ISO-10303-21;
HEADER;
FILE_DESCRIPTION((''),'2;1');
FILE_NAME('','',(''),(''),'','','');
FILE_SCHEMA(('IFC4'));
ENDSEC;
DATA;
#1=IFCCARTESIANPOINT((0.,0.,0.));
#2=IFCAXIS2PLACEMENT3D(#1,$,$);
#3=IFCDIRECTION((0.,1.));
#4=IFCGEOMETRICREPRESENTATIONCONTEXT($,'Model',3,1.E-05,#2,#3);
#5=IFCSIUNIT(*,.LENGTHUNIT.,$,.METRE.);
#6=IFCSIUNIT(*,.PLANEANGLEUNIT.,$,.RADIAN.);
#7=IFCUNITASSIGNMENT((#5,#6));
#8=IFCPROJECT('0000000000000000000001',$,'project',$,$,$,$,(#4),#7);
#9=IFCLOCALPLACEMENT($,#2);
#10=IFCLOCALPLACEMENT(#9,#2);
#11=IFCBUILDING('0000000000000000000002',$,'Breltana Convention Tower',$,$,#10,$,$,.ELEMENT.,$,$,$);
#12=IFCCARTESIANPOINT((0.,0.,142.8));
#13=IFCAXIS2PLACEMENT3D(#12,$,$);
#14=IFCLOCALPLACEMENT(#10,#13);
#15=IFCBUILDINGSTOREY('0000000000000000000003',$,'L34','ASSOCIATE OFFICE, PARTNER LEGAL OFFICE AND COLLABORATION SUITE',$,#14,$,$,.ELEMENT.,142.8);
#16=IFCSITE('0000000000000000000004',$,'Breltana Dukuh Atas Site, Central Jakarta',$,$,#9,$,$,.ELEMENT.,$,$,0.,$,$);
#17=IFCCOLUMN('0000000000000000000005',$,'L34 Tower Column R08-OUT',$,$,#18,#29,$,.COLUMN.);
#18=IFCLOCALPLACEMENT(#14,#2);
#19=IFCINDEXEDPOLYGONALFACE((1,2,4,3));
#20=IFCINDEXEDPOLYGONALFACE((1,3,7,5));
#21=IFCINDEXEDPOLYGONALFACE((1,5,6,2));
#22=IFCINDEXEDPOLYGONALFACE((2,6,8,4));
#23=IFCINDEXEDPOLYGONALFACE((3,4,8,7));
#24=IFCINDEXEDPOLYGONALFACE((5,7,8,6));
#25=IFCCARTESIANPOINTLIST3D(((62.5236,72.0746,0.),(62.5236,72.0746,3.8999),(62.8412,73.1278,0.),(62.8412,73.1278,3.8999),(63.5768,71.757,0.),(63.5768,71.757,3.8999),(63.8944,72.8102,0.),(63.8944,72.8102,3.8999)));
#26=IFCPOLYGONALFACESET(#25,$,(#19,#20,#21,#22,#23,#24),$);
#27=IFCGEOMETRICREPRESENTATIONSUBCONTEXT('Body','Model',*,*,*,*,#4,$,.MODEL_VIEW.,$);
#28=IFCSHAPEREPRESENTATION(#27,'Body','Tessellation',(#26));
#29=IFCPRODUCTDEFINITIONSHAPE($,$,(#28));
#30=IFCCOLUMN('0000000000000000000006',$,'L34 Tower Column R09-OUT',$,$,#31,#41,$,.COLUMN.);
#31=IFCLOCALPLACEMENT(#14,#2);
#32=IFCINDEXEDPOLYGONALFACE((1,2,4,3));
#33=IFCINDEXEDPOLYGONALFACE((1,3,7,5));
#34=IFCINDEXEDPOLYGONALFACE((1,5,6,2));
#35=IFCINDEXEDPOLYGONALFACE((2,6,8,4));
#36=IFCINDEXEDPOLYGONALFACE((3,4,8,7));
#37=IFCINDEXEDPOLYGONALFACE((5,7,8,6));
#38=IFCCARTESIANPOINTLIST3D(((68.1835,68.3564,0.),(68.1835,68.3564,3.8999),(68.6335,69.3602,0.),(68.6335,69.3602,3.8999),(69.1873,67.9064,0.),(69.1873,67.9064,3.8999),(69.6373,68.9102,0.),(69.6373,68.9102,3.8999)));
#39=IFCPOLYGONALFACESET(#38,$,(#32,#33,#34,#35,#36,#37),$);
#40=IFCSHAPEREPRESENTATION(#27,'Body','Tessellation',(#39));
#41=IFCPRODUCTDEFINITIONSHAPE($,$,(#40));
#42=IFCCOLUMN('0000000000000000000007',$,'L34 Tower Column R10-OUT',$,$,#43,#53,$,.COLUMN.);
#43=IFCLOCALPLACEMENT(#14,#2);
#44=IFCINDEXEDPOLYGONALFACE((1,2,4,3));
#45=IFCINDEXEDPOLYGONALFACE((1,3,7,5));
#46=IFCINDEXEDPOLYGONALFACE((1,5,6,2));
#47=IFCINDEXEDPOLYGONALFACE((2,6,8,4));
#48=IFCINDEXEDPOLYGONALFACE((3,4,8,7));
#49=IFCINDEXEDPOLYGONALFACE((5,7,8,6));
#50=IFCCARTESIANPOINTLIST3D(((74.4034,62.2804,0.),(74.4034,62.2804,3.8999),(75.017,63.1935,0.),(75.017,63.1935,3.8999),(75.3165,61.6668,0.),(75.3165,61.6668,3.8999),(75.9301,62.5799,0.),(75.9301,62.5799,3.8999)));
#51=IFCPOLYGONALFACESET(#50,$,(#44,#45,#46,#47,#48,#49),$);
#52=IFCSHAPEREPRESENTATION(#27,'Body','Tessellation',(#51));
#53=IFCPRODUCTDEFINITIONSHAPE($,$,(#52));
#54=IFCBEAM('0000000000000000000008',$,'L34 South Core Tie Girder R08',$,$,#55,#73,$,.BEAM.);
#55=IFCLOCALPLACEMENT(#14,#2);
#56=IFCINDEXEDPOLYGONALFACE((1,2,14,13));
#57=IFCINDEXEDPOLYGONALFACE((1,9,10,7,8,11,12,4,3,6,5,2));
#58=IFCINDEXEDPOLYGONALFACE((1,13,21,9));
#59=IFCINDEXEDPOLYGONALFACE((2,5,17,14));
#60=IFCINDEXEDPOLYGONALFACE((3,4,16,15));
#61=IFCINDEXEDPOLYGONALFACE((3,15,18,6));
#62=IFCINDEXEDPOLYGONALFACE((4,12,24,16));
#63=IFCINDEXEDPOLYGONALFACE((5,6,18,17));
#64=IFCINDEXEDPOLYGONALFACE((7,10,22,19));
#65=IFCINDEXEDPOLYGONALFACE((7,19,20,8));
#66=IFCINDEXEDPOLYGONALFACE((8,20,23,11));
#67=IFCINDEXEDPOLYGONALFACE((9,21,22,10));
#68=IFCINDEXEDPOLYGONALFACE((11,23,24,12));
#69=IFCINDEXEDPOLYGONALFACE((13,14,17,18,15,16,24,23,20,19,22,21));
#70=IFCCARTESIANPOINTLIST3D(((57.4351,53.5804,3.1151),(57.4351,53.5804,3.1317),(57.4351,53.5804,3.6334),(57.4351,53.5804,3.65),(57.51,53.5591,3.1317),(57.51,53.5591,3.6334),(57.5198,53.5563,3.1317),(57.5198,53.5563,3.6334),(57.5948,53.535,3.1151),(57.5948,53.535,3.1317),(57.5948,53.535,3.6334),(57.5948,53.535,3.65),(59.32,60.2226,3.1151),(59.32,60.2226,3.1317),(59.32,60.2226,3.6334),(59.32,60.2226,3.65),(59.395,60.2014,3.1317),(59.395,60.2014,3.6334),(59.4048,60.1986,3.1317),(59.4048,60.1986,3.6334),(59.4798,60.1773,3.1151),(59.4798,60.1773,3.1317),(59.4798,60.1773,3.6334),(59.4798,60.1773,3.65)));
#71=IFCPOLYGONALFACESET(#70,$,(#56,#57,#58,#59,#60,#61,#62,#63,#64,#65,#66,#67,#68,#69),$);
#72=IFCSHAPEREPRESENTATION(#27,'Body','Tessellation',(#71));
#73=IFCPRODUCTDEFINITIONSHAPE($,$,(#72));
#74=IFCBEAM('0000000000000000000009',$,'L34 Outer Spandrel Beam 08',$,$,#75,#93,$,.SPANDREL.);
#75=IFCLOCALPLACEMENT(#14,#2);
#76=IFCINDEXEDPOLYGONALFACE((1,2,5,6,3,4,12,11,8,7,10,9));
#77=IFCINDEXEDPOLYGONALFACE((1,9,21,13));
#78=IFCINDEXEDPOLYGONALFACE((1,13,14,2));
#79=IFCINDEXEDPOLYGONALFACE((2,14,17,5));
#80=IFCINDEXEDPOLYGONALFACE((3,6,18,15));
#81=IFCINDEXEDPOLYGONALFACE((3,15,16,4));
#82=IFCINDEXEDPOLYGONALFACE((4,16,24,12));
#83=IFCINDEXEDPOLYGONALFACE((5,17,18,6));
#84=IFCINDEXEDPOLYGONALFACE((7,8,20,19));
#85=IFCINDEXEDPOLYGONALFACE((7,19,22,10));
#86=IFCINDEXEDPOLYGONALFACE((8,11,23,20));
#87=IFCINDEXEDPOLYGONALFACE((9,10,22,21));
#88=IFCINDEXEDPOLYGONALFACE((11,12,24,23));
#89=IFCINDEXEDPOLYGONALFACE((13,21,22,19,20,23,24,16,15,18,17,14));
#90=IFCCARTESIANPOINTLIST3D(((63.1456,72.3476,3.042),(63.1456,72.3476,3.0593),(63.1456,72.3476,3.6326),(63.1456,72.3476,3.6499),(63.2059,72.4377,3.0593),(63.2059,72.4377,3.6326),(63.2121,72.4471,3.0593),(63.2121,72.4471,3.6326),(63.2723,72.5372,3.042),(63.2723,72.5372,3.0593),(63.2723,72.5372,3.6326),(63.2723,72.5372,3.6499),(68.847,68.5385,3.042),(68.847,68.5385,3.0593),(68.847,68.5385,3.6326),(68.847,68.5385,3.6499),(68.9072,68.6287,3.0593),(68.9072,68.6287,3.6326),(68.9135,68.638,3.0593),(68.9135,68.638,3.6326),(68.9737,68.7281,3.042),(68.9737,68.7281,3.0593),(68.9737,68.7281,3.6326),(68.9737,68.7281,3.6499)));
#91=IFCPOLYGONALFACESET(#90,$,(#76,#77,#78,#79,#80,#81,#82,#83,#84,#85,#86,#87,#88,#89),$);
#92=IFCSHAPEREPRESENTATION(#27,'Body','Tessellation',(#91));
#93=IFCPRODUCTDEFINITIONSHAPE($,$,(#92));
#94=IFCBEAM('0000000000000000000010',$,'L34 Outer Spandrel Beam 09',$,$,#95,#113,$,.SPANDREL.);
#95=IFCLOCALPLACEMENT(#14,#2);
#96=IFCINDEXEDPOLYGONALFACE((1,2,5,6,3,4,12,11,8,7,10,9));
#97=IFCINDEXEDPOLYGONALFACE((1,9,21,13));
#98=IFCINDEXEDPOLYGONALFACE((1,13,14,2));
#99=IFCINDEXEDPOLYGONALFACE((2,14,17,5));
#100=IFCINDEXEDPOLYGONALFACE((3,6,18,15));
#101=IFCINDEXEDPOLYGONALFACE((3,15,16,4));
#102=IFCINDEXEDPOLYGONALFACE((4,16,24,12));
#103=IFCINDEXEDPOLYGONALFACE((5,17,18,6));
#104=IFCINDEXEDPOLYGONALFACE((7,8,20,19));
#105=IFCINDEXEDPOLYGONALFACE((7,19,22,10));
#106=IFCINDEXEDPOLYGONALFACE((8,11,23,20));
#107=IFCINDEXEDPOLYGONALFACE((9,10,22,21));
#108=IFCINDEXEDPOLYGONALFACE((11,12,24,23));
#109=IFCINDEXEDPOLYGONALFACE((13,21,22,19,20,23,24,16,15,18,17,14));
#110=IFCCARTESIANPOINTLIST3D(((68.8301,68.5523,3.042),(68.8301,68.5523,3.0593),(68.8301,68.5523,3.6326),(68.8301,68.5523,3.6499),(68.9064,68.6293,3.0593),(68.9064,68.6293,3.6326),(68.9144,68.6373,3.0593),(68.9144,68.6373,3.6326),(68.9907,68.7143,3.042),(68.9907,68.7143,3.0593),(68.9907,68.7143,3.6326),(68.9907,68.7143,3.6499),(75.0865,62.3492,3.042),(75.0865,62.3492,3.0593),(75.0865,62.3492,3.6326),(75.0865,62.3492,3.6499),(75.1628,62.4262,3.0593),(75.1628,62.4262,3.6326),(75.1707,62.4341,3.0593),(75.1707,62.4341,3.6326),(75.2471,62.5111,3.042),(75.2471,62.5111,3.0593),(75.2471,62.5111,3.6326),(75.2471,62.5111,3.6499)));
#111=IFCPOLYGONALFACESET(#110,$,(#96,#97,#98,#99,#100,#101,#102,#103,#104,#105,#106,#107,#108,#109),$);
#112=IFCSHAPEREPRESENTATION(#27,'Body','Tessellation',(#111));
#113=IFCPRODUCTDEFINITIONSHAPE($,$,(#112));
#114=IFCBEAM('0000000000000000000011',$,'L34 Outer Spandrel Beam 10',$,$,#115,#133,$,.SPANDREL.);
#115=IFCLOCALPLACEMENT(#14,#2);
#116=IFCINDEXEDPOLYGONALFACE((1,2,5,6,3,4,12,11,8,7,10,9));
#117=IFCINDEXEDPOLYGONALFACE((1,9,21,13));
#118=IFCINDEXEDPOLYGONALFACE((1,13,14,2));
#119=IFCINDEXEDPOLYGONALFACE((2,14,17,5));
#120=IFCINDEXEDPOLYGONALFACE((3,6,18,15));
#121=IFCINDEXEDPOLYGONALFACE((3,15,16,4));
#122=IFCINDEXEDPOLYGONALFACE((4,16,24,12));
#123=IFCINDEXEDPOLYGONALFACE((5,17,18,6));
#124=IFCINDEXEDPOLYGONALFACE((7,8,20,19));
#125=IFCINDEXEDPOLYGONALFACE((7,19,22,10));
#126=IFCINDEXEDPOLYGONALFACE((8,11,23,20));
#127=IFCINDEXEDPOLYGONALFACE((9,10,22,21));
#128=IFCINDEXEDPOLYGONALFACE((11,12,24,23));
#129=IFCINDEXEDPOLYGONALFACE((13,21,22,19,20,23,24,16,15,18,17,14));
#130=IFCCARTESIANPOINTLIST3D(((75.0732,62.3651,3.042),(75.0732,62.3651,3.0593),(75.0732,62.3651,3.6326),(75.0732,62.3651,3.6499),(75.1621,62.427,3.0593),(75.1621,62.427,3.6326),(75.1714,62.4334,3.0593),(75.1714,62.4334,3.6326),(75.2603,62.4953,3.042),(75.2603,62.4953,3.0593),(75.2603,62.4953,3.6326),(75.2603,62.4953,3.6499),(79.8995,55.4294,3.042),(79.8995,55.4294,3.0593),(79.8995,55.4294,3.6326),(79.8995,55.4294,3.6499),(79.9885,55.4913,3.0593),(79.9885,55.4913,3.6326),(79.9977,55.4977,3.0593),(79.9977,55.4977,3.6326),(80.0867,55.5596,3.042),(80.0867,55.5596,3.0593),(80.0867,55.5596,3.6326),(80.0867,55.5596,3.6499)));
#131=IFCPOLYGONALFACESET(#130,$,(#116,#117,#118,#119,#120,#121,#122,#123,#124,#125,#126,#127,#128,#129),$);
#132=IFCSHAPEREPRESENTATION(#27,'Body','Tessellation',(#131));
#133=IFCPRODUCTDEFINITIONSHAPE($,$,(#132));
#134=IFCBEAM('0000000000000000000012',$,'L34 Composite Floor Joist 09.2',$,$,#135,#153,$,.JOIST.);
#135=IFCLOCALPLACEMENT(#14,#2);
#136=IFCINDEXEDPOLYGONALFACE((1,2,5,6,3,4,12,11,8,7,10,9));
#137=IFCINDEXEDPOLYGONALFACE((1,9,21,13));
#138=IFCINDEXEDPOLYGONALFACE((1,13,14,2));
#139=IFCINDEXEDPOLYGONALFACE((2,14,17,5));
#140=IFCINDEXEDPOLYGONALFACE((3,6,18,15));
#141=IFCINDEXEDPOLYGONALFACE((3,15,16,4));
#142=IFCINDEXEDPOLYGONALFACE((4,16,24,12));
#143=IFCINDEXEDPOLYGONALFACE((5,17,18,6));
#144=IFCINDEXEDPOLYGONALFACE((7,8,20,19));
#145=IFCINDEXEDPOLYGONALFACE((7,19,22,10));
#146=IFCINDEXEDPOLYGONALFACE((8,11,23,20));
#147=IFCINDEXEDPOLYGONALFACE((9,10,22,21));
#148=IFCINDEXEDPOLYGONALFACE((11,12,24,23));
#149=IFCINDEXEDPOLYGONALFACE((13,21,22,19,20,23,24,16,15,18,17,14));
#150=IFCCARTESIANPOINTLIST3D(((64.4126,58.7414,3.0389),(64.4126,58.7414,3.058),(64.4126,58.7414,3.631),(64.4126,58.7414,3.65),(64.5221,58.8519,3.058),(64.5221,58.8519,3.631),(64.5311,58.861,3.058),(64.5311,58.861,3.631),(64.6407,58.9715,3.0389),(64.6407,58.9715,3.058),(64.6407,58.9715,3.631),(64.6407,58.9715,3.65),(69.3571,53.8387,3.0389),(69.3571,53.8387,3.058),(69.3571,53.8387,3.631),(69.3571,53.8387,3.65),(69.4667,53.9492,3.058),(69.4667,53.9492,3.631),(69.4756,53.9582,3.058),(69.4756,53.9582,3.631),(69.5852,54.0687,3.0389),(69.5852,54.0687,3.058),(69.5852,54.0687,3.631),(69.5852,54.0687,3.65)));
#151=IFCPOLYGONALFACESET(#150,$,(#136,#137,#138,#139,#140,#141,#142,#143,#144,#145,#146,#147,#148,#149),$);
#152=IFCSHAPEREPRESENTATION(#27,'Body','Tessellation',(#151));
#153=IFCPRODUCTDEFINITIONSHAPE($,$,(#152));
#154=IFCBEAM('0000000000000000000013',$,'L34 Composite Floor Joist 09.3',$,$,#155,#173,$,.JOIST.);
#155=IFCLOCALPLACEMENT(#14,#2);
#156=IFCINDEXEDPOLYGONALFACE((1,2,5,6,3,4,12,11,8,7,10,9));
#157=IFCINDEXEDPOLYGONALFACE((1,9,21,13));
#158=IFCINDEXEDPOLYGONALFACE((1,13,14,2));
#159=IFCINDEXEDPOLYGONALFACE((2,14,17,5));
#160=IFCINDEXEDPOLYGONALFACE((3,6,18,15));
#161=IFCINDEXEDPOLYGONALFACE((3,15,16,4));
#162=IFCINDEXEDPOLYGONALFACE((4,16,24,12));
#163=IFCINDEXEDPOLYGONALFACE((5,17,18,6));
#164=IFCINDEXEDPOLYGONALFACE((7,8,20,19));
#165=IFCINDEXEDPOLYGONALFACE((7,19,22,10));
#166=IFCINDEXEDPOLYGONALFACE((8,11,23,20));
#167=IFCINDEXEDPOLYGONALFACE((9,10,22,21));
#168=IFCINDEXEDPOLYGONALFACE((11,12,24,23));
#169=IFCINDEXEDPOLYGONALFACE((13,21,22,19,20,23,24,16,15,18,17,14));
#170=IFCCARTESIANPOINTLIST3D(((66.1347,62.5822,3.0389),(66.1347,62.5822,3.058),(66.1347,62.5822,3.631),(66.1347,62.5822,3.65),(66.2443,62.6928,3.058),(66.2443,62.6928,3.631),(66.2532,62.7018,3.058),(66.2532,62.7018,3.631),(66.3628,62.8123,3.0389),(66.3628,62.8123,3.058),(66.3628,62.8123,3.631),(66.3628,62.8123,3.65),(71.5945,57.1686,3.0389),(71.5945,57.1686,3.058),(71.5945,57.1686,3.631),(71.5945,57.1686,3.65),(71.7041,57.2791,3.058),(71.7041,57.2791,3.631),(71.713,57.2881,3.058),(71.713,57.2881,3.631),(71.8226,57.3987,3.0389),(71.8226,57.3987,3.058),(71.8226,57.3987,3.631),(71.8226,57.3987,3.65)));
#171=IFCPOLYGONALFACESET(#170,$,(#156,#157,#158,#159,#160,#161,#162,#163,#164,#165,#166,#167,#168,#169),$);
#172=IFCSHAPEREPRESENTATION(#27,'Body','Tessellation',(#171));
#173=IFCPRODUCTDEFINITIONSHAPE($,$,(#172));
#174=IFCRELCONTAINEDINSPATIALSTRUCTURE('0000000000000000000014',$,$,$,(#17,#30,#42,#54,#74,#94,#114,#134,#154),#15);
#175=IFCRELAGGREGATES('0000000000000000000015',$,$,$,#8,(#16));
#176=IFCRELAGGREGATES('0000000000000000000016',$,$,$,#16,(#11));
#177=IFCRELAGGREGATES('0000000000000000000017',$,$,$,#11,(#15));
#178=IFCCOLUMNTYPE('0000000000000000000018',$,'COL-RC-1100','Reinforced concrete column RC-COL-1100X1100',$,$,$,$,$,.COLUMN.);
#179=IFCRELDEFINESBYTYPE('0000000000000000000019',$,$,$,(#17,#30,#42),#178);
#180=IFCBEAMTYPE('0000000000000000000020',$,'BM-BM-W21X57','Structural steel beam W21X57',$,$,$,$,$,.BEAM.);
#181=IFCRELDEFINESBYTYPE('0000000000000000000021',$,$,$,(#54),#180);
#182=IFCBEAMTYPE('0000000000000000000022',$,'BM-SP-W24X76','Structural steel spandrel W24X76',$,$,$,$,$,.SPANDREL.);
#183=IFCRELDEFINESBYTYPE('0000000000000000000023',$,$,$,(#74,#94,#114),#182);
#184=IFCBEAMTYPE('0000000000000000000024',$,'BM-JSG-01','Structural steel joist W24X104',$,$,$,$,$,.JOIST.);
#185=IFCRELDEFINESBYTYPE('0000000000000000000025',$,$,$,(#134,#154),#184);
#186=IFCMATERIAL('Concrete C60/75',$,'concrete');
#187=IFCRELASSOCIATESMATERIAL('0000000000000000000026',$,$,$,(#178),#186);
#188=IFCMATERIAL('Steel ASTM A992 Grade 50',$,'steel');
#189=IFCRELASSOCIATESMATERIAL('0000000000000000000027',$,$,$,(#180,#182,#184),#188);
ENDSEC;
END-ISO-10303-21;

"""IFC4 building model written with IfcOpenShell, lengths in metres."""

from ifc_helpers import new_model, si_unit, direction, frame, origin, origin_2d, place, context, subcontext, project, spatial, rectangle, i_section, extrude, source, transform, mapped, material, material_profile, profile_set, type_object, type_shapes, element, save


model = new_model("IFC4")

# Units and contexts
model_context = context("Model", 3, precision=1e-05, world=origin(), true_north=direction((0.0, 1.0)))
body_context = subcontext(model_context, "Body", "Model", "MODEL_VIEW")
ifc_project = project(units=[si_unit("LENGTHUNIT", "METRE"), si_unit("PLANEANGLEUNIT", "RADIAN")], contexts=[model_context])

# Site, building, storey
site_placement = place(None, origin())
site = spatial("IfcSite", under=ifc_project, at=site_placement, Name="Breltana Dukuh Atas Site, Central Jakarta", CompositionType="ELEMENT", RefElevation=0.0)
building_placement = place(site_placement, origin())
building = spatial("IfcBuilding", under=site, at=building_placement, Name="Breltana Convention Tower", CompositionType="ELEMENT")
storey_placement = place(building_placement, frame((0.0, 0.0, 142.8)))
storey = spatial("IfcBuildingStorey", under=building, at=storey_placement, Name="L34", Description="ASSOCIATE OFFICE, PARTNER LEGAL OFFICE AND COLLABORATION SUITE", CompositionType="ELEMENT", Elevation=142.8)

# Columns
ifc_material_1 = material(Name="Concrete C60/75", Category="concrete")
ifc_material_profile_1 = material_profile(ifc_material_1, rectangle(XDim=1.1001, YDim=1.1001, at=origin_2d()), Name="RC-COL-1100X1100")
ifc_profile_set_1 = profile_set([ifc_material_profile_1], Name="Concrete C60/75")
column_type = type_object("IfcColumnType", Name="COL-RC-1100", Description="Reinforced concrete column RC-COL-1100X1100", PredefinedType="COLUMN", material=ifc_profile_set_1)
shared_shape_1 = source(origin(), body_context, "Body", "SweptSolid", [
    extrude(rectangle(XDim=1.1001, YDim=1.1001, at=origin_2d()), origin(), (0.0, 0.0, 1.0), 3.8999),
])
for number, where, z_axis, x_axis, name in (
    (1, (63.209, 72.4424, 0.0), (0.0, 0.0, 1.0), (0.288698, 0.95742, 0.0), "L34 Tower Column R08-OUT"),
    (2, (68.9104, 68.6333, 0.0), (0.0, 0.0, 1.0), (0.409127, 0.912477, 0.0), "L34 Tower Column R09-OUT"),
    (3, (75.1667, 62.4302, 0.0), (0.0, 0.0, 1.0), (0.557745, 0.830012, 0.0), "L34 Tower Column R10-OUT"),
):
    element("IfcColumn", number, at=place(storey_placement, frame(where, z_axis=z_axis, x_axis=x_axis)), inside=storey, type_object=column_type, Name=name, PredefinedType="COLUMN", context=body_context, shape_type="MappedRepresentation", body=[
        mapped(shared_shape_1, transform((0.0, 0.0, 0.0), scale=1.0)),
    ])

# Beams
ifc_material_2 = material(Name="Steel ASTM A992 Grade 50", Category="steel")
ifc_material_profile_2 = material_profile(ifc_material_2, i_section(OverallWidth=0.166, OverallDepth=0.5349, WebThickness=0.0103, FlangeThickness=0.0166, at=origin_2d()), Name="W21X57")
ifc_profile_set_2 = profile_set([ifc_material_profile_2], Name="Steel ASTM A992 Grade 50")
beam_type_1 = type_object("IfcBeamType", Name="BM-BM-W21X57", Description="Structural steel beam W21X57", PredefinedType="BEAM", material=ifc_profile_set_2)
shared_shape_2 = source(origin(), body_context, "Body", "SweptSolid", [
    extrude(i_section(OverallWidth=0.166, OverallDepth=0.5349, WebThickness=0.0103, FlangeThickness=0.0166, at=origin_2d()), origin(), (0.0, 0.0, 1.0), 6.9045),
])
type_shapes(beam_type_1, [shared_shape_2])
beam_1_placement = place(storey_placement, frame((59.3999, 60.2, 3.3826), z_axis=(-0.273007, -0.962012, 0.0), x_axis=(0.962012, -0.273007, 0.0)))
element("IfcBeam", 4, at=beam_1_placement, inside=storey, type_object=beam_type_1, Name="L34 South Core Tie Girder R08", PredefinedType="BEAM", context=body_context, shape_type="MappedRepresentation", body=[
    mapped(shared_shape_2, transform((0.0, 0.0, 0.0), scale=1.0)),
])
ifc_material_profile_3 = material_profile(ifc_material_2, i_section(OverallWidth=0.228, OverallDepth=0.6079, WebThickness=0.0112, FlangeThickness=0.0173, at=origin_2d()), Name="W24X76")
ifc_profile_set_3 = profile_set([ifc_material_profile_3], Name="Steel ASTM A992 Grade 50")
beam_type_2 = type_object("IfcBeamType", Name="BM-SP-W24X76", Description="Structural steel spandrel W24X76", PredefinedType="SPANDREL", material=ifc_profile_set_3)
shared_shape_3 = source(origin(), body_context, "Body", "SweptSolid", [
    extrude(i_section(OverallWidth=0.228, OverallDepth=0.6079, WebThickness=0.0112, FlangeThickness=0.0173, at=origin_2d()), origin(), (0.0, 0.0, 1.0), 6.8567),
])
beam_2_placement = place(storey_placement, frame((63.209, 72.4424, 3.3459), z_axis=(0.831502, -0.555522, 0.0), x_axis=(0.555522, 0.831502, 0.0)))
element("IfcBeam", 5, at=beam_2_placement, inside=storey, type_object=beam_type_2, Name="L34 Outer Spandrel Beam 08", PredefinedType="SPANDREL", context=body_context, shape_type="MappedRepresentation", body=[
    mapped(shared_shape_3, transform((0.0, 0.0, 0.0), scale=1.0)),
])
shared_shape_4 = source(origin(), body_context, "Body", "SweptSolid", [
    extrude(i_section(OverallWidth=0.228, OverallDepth=0.6079, WebThickness=0.0112, FlangeThickness=0.0173, at=origin_2d()), origin(), (0.0, 0.0, 1.0), 8.8103),
])
beam_3_placement = place(storey_placement, frame((68.9104, 68.6333, 3.3459), z_axis=(0.710121, -0.70408, 0.0), x_axis=(0.70408, 0.710121, 0.0)))
element("IfcBeam", 6, at=beam_3_placement, inside=storey, type_object=beam_type_2, Name="L34 Outer Spandrel Beam 09", PredefinedType="SPANDREL", context=body_context, shape_type="MappedRepresentation", body=[
    mapped(shared_shape_4, transform((0.0, 0.0, 0.0), scale=1.0)),
])
shared_shape_5 = source(origin(), body_context, "Body", "SweptSolid", [
    extrude(i_section(OverallWidth=0.228, OverallDepth=0.6079, WebThickness=0.0112, FlangeThickness=0.0173, at=origin_2d()), origin(), (0.0, 0.0, 1.0), 8.4497),
])
beam_4_placement = place(storey_placement, frame((75.1667, 62.4302, 3.3459), z_axis=(0.571186, -0.820821, 0.0), x_axis=(0.820821, 0.571186, 0.0)))
element("IfcBeam", 7, at=beam_4_placement, inside=storey, type_object=beam_type_2, Name="L34 Outer Spandrel Beam 10", PredefinedType="SPANDREL", context=body_context, shape_type="MappedRepresentation", body=[
    mapped(shared_shape_5, transform((0.0, 0.0, 0.0), scale=1.0)),
])
ifc_material_profile_4 = material_profile(ifc_material_2, i_section(OverallWidth=0.324, OverallDepth=0.6111, WebThickness=0.0127, FlangeThickness=0.019, at=origin_2d()), Name="W24X104")
ifc_profile_set_4 = profile_set([ifc_material_profile_4], Name="Steel ASTM A992 Grade 50")
beam_type_3 = type_object("IfcBeamType", Name="BM-JSG-01", Description="Structural steel joist W24X104", PredefinedType="JOIST", material=ifc_profile_set_4)
shared_shape_6 = source(origin(), body_context, "Body", "SweptSolid", [
    extrude(i_section(OverallWidth=0.324, OverallDepth=0.6111, WebThickness=0.0127, FlangeThickness=0.019, at=origin_2d()), origin(), (0.0, 0.0, 1.0), 6.9631),
])
beam_5_placement = place(storey_placement, frame((64.5266, 58.8564, 3.3445), z_axis=(0.710098, -0.704103, 0.0), x_axis=(0.704103, 0.710098, 0.0)))
element("IfcBeam", 8, at=beam_5_placement, inside=storey, type_object=beam_type_3, Name="L34 Composite Floor Joist 09.2", PredefinedType="JOIST", context=body_context, shape_type="MappedRepresentation", body=[
    mapped(shared_shape_6, transform((0.0, 0.0, 0.0), scale=1.0)),
])
shared_shape_7 = source(origin(), body_context, "Body", "SweptSolid", [
    extrude(i_section(OverallWidth=0.324, OverallDepth=0.6111, WebThickness=0.0127, FlangeThickness=0.019, at=origin_2d()), origin(), (0.0, 0.0, 1.0), 7.6887),
])
beam_6_placement = place(storey_placement, frame((66.2488, 62.6973, 3.3445), z_axis=(0.710101, -0.7041, 0.0), x_axis=(0.7041, 0.710101, 0.0)))
element("IfcBeam", 9, at=beam_6_placement, inside=storey, type_object=beam_type_3, Name="L34 Composite Floor Joist 09.3", PredefinedType="JOIST", context=body_context, shape_type="MappedRepresentation", body=[
    mapped(shared_shape_7, transform((0.0, 0.0, 0.0), scale=1.0)),
])

save(model, "model.ifc")
